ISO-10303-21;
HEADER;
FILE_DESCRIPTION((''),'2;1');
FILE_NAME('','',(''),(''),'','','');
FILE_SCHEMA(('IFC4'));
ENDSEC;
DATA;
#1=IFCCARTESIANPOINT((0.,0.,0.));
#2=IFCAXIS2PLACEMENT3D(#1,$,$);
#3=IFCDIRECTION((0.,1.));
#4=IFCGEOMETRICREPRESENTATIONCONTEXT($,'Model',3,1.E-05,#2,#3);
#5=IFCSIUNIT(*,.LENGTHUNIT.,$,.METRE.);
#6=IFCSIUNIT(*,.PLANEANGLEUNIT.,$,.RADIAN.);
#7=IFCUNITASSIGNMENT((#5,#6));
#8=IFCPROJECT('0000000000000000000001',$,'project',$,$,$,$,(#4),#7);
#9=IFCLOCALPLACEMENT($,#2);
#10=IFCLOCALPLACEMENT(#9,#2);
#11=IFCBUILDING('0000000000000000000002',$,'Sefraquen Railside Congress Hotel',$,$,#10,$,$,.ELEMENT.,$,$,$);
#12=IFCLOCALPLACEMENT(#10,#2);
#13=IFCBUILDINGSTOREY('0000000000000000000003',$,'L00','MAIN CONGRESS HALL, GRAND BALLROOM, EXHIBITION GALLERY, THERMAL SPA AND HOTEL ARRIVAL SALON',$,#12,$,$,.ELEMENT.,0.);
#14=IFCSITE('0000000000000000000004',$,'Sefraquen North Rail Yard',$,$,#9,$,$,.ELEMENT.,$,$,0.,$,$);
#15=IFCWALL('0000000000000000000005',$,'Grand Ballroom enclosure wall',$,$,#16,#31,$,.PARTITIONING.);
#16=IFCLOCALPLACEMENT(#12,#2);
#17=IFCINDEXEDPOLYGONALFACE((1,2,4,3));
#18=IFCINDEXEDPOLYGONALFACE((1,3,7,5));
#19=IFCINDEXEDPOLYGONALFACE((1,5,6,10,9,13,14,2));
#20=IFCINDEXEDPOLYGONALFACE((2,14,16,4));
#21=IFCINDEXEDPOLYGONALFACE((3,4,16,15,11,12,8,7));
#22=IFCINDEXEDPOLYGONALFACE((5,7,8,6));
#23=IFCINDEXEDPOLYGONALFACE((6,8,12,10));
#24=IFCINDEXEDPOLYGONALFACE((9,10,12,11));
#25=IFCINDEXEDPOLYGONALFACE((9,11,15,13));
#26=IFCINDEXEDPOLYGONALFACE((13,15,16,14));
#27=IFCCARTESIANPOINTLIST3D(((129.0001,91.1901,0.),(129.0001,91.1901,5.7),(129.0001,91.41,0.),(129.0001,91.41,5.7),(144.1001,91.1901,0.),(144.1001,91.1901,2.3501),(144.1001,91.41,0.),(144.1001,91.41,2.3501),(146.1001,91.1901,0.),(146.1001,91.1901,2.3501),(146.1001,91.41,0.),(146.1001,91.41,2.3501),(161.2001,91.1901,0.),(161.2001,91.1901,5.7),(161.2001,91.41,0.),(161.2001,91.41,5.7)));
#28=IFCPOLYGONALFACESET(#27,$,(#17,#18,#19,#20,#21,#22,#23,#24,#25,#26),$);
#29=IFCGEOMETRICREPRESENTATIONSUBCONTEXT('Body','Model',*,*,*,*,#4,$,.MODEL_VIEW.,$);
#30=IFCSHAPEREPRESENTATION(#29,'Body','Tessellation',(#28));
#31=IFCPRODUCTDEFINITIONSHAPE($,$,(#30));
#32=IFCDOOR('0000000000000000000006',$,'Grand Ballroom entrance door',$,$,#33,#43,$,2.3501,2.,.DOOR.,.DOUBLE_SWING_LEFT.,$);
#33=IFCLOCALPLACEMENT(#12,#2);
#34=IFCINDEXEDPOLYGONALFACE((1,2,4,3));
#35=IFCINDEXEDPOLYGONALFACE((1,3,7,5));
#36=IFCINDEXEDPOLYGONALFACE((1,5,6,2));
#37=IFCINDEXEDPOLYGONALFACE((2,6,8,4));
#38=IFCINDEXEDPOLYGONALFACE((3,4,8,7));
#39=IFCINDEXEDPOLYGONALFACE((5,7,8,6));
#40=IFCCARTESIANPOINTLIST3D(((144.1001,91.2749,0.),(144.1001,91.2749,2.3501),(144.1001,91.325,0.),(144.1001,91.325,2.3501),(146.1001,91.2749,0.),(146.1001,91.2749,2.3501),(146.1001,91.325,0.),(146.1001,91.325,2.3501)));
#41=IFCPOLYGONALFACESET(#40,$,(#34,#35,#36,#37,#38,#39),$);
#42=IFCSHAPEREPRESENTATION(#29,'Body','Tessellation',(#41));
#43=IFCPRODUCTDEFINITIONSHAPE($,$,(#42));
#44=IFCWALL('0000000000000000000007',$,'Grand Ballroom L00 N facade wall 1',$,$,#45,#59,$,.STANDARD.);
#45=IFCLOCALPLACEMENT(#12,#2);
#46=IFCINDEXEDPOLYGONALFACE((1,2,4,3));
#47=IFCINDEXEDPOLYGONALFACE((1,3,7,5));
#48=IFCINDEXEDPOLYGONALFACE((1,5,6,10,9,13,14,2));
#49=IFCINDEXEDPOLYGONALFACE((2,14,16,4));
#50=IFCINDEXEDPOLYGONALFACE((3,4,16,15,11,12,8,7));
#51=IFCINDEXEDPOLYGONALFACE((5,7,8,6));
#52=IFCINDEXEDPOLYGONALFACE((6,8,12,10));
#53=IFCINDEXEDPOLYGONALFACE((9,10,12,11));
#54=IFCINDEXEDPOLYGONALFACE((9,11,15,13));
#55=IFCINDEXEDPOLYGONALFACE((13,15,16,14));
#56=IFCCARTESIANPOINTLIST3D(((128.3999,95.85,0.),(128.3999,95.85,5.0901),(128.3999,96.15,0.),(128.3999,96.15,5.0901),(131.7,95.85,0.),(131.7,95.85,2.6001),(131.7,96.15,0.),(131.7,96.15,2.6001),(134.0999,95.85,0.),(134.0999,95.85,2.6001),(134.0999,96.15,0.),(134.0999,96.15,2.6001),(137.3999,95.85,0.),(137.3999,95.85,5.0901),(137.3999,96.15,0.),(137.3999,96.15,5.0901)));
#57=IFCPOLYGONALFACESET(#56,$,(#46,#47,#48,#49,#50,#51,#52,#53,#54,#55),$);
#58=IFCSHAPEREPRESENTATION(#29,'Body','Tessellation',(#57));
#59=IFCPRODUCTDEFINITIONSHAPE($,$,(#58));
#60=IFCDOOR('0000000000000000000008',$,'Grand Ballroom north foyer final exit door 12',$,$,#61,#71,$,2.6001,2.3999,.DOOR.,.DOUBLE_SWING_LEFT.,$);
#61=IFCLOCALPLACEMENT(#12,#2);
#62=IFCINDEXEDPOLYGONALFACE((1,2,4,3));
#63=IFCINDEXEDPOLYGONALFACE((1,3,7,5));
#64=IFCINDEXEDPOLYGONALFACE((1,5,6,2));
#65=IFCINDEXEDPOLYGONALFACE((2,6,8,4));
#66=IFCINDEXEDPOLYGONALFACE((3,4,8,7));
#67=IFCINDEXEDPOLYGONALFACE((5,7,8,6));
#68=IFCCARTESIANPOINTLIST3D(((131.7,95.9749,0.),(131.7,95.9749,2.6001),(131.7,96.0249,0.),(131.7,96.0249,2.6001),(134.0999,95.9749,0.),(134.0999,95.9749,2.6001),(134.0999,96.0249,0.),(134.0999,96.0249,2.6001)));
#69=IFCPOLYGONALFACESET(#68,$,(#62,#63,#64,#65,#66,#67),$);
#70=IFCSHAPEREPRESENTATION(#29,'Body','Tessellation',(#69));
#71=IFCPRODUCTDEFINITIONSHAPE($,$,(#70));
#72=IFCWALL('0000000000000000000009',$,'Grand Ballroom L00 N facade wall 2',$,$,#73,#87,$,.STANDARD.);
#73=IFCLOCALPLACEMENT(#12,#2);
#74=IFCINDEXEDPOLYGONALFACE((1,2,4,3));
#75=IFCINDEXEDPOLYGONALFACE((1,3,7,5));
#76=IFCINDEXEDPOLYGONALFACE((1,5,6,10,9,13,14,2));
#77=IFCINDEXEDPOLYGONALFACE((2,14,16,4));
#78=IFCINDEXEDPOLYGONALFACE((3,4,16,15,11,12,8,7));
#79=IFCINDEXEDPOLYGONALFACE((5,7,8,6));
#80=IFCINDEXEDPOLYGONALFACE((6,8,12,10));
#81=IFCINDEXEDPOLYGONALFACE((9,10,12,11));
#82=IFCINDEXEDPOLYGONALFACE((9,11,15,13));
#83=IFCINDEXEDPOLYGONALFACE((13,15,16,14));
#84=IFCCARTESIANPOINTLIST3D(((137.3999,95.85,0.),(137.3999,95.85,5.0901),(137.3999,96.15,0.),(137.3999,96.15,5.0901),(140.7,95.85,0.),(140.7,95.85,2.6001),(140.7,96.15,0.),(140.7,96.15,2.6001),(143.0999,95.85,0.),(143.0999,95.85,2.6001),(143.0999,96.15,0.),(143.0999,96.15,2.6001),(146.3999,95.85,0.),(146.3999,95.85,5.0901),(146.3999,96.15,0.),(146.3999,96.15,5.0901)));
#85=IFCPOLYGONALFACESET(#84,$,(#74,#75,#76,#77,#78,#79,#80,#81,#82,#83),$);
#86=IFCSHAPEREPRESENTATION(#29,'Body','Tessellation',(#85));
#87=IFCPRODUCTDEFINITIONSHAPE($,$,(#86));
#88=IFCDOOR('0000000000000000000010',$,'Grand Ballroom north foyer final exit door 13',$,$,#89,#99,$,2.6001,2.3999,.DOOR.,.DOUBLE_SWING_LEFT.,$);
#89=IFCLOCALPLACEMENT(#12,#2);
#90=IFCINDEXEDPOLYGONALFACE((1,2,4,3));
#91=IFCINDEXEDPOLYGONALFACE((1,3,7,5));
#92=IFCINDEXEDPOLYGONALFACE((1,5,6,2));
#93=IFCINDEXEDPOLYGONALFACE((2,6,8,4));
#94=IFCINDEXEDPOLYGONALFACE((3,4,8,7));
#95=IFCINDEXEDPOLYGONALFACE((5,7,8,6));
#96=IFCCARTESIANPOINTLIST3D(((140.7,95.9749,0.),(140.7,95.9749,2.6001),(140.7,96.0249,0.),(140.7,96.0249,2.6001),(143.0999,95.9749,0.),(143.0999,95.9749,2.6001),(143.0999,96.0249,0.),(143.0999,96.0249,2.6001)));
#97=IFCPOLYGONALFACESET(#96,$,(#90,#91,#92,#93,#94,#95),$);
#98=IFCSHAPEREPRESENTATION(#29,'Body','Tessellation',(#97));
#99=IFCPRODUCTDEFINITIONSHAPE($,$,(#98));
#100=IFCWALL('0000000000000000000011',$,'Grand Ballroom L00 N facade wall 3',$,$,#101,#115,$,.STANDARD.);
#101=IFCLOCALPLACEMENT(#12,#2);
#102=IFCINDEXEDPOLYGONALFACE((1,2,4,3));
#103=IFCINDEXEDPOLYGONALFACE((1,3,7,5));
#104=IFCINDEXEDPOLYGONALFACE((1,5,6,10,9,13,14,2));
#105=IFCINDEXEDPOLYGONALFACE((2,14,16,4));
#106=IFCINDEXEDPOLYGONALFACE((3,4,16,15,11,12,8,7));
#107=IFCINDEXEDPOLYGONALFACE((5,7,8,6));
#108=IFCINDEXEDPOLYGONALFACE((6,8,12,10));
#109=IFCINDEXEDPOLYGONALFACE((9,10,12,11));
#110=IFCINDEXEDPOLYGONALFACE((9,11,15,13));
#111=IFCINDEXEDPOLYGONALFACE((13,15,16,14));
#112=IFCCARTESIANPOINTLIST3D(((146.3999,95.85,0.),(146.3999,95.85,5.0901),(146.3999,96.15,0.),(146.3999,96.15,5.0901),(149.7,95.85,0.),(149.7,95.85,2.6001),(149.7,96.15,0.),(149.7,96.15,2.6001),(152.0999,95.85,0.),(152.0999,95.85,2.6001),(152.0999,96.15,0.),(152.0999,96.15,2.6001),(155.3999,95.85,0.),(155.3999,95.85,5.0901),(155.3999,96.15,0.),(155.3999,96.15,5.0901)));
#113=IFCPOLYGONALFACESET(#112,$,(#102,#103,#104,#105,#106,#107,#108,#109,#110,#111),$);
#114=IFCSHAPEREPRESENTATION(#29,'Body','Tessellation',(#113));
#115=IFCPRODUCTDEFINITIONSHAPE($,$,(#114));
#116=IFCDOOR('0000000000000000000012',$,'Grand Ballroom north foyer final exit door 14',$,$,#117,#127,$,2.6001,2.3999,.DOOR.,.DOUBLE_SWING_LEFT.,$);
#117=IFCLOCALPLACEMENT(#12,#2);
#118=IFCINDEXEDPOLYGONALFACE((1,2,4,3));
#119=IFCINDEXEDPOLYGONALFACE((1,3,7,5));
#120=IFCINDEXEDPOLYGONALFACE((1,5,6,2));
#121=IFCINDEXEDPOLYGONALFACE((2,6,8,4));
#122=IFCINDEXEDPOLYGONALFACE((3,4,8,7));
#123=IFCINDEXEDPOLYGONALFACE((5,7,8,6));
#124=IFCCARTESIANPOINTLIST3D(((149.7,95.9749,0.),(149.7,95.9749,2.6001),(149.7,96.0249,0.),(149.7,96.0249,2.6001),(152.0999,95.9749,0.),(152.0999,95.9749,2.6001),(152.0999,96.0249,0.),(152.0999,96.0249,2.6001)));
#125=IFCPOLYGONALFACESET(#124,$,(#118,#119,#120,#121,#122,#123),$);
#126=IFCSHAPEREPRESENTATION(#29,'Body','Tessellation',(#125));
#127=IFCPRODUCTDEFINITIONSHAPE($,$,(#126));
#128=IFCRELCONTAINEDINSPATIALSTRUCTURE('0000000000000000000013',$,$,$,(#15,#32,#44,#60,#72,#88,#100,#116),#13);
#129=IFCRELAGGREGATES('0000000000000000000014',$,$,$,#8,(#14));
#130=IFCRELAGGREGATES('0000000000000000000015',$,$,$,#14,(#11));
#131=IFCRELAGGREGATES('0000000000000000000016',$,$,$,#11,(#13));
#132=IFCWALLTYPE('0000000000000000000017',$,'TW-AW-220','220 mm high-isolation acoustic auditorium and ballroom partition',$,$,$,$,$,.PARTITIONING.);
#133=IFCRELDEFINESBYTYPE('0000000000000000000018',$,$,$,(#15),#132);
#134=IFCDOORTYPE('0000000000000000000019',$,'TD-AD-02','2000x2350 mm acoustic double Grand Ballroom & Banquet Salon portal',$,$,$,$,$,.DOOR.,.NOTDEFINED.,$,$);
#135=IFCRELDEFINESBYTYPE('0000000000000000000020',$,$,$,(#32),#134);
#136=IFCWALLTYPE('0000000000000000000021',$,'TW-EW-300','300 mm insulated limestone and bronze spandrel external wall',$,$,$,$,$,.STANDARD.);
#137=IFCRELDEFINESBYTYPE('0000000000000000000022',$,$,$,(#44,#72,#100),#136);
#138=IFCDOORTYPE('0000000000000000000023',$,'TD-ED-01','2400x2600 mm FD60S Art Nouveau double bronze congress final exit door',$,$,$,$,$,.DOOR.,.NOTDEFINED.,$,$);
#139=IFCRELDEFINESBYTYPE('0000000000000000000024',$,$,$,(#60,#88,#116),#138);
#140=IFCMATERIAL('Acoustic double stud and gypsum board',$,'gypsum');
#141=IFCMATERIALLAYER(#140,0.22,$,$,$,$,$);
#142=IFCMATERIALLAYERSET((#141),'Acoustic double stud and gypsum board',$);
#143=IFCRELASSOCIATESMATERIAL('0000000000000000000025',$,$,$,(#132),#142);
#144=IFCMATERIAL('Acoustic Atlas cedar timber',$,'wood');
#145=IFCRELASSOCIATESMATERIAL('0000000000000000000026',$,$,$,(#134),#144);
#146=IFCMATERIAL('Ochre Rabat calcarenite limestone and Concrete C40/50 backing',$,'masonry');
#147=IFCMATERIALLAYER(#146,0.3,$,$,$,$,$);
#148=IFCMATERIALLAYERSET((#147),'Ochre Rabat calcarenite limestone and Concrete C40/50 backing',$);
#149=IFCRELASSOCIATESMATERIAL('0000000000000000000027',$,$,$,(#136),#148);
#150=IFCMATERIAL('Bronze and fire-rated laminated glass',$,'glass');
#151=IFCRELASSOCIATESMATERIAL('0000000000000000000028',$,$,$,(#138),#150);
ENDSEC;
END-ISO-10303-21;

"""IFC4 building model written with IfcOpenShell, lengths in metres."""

from ifc_helpers import new_model, si_unit, direction, frame, frame_2d, origin, place, context, subcontext, project, spatial, rectangle, extrude, material, layer, layer_set, type_object, element, fill, save


model = new_model("IFC4")

# Units and contexts
model_context = context("Model", 3, precision=1e-05, world=origin(), true_north=direction((0.0, 1.0)))
body_context = subcontext(model_context, "Body", "Model", "MODEL_VIEW")
ifc_project = project(units=[si_unit("LENGTHUNIT", "METRE"), si_unit("PLANEANGLEUNIT", "RADIAN")], contexts=[model_context])

# Site, building, storey
site_placement = place(None, origin())
site = spatial("IfcSite", under=ifc_project, at=site_placement, Name="Sefraquen North Rail Yard", CompositionType="ELEMENT", RefElevation=0.0)
building_placement = place(site_placement, origin())
building = spatial("IfcBuilding", under=site, at=building_placement, Name="Sefraquen Railside Congress Hotel", CompositionType="ELEMENT")
storey_placement = place(building_placement, origin())
storey = spatial("IfcBuildingStorey", under=building, at=storey_placement, Name="L00", Description="MAIN CONGRESS HALL, GRAND BALLROOM, EXHIBITION GALLERY, THERMAL SPA AND HOTEL ARRIVAL SALON", CompositionType="ELEMENT", Elevation=0.0)

# Walls, openings, doors
ifc_material_1 = material(Name="Acoustic double stud and gypsum board", Category="gypsum")
ifc_layer_1 = layer(ifc_material_1, 0.22)
ifc_layer_set_1 = layer_set([ifc_layer_1], Name="Acoustic double stud and gypsum board")
wall_type_1 = type_object("IfcWallType", Name="TW-AW-220", Description="220 mm high-isolation acoustic auditorium and ballroom partition", PredefinedType="PARTITIONING", material=ifc_layer_set_1)
wall_1_placement = place(storey_placement, frame((129.0, 91.3, 0.0), z_axis=(0.0, 0.0, 1.0), x_axis=(1.0, 0.0, 0.0)))
wall_1 = element("IfcWall", 1, at=wall_1_placement, inside=storey, type_object=wall_type_1, Name="Grand Ballroom enclosure wall", PredefinedType="PARTITIONING", context=body_context, shape_type="SweptSolid", body=[
    extrude(rectangle(XDim=32.2, YDim=0.22, at=frame_2d((16.1001, 0.0))), origin(), (0.0, 0.0, 1.0), 5.7),
])
opening_1_placement = place(wall_1_placement, frame((15.1001, 0.0, 0.0)))
opening_1 = element("IfcOpeningElement", 2, at=opening_1_placement, cuts=wall_1, PredefinedType="OPENING", context=body_context, shape_type="SweptSolid", body=[
    extrude(rectangle(XDim=2.0, YDim=2.3501, at=frame_2d((1.0, 1.175))), frame((0.0, 0.1199, 0.0), z_axis=(0.0, -1.0, 0.0), x_axis=(1.0, 0.0, 0.0)), (0.0, 0.0, 1.0), 0.24),
])
ifc_material_2 = material(Name="Acoustic Atlas cedar timber", Category="wood")
door_type_1 = type_object("IfcDoorType", Name="TD-AD-02", Description="2000x2350 mm acoustic double Grand Ballroom & Banquet Salon portal", OperationType="NOTDEFINED", PredefinedType="DOOR", material=ifc_material_2)
door_1_placement = place(opening_1_placement, origin())
door_1 = element("IfcDoor", 3, at=door_1_placement, inside=storey, type_object=door_type_1, Name="Grand Ballroom entrance door", OperationType="DOUBLE_SWING_LEFT", OverallHeight=2.3501, OverallWidth=2.0, PredefinedType="DOOR", context=body_context, shape_type="SweptSolid", body=[
    extrude(rectangle(XDim=2.0, YDim=2.3501, at=frame_2d((1.0, 1.175))), frame((0.0, 0.0249, 0.0), z_axis=(0.0, -1.0, 0.0), x_axis=(1.0, 0.0, 0.0)), (0.0, 0.0, 1.0), 0.05),
])
fill(opening_1, door_1)
ifc_material_3 = material(Name="Ochre Rabat calcarenite limestone and Concrete C40/50 backing", Category="masonry")
ifc_layer_2 = layer(ifc_material_3, 0.3)
ifc_layer_set_2 = layer_set([ifc_layer_2], Name="Ochre Rabat calcarenite limestone and Concrete C40/50 backing")
wall_type_2 = type_object("IfcWallType", Name="TW-EW-300", Description="300 mm insulated limestone and bronze spandrel external wall", PredefinedType="STANDARD", material=ifc_layer_set_2)
wall_2_placement = place(storey_placement, frame((128.3999, 96.0, 0.0), z_axis=(0.0, 0.0, 1.0), x_axis=(1.0, 0.0, 0.0)))
wall_2 = element("IfcWall", 4, at=wall_2_placement, inside=storey, type_object=wall_type_2, Name="Grand Ballroom L00 N facade wall 1", PredefinedType="STANDARD", context=body_context, shape_type="SweptSolid", body=[
    extrude(rectangle(XDim=9.0, YDim=0.3, at=frame_2d((4.5, 0.0))), origin(), (0.0, 0.0, 1.0), 5.0901),
])
opening_2_placement = place(wall_2_placement, frame((3.3, 0.0, 0.0)))
opening_2 = element("IfcOpeningElement", 5, at=opening_2_placement, cuts=wall_2, PredefinedType="OPENING", context=body_context, shape_type="SweptSolid", body=[
    extrude(rectangle(XDim=2.3999, YDim=2.6001, at=frame_2d((1.2, 1.3))), frame((0.0, 0.1599, 0.0), z_axis=(0.0, -1.0, 0.0), x_axis=(1.0, 0.0, 0.0)), (0.0, 0.0, 1.0), 0.3201),
])
ifc_material_4 = material(Name="Bronze and fire-rated laminated glass", Category="glass")
door_type_2 = type_object("IfcDoorType", Name="TD-ED-01", Description="2400x2600 mm FD60S Art Nouveau double bronze congress final exit door", OperationType="NOTDEFINED", PredefinedType="DOOR", material=ifc_material_4)
door_2_placement = place(opening_2_placement, origin())
door_2 = element("IfcDoor", 6, at=door_2_placement, inside=storey, type_object=door_type_2, Name="Grand Ballroom north foyer final exit door 12", OperationType="DOUBLE_SWING_LEFT", OverallHeight=2.6001, OverallWidth=2.3999, PredefinedType="DOOR", context=body_context, shape_type="SweptSolid", body=[
    extrude(rectangle(XDim=2.3999, YDim=2.6001, at=frame_2d((1.2, 1.3))), frame((0.0, 0.0249, 0.0), z_axis=(0.0, -1.0, 0.0), x_axis=(1.0, 0.0, 0.0)), (0.0, 0.0, 1.0), 0.05),
])
fill(opening_2, door_2)
wall_3_placement = place(storey_placement, frame((137.3999, 96.0, 0.0), z_axis=(0.0, 0.0, 1.0), x_axis=(1.0, 0.0, 0.0)))
wall_3 = element("IfcWall", 7, at=wall_3_placement, inside=storey, type_object=wall_type_2, Name="Grand Ballroom L00 N facade wall 2", PredefinedType="STANDARD", context=body_context, shape_type="SweptSolid", body=[
    extrude(rectangle(XDim=9.0, YDim=0.3, at=frame_2d((4.5, 0.0))), origin(), (0.0, 0.0, 1.0), 5.0901),
])
opening_3_placement = place(wall_3_placement, frame((3.3, 0.0, 0.0)))
opening_3 = element("IfcOpeningElement", 8, at=opening_3_placement, cuts=wall_3, PredefinedType="OPENING", context=body_context, shape_type="SweptSolid", body=[
    extrude(rectangle(XDim=2.3999, YDim=2.6001, at=frame_2d((1.2, 1.3))), frame((0.0, 0.1599, 0.0), z_axis=(0.0, -1.0, 0.0), x_axis=(1.0, 0.0, 0.0)), (0.0, 0.0, 1.0), 0.3201),
])
door_3_placement = place(opening_3_placement, origin())
door_3 = element("IfcDoor", 9, at=door_3_placement, inside=storey, type_object=door_type_2, Name="Grand Ballroom north foyer final exit door 13", OperationType="DOUBLE_SWING_LEFT", OverallHeight=2.6001, OverallWidth=2.3999, PredefinedType="DOOR", context=body_context, shape_type="SweptSolid", body=[
    extrude(rectangle(XDim=2.3999, YDim=2.6001, at=frame_2d((1.2, 1.3))), frame((0.0, 0.0249, 0.0), z_axis=(0.0, -1.0, 0.0), x_axis=(1.0, 0.0, 0.0)), (0.0, 0.0, 1.0), 0.05),
])
fill(opening_3, door_3)
wall_4_placement = place(storey_placement, frame((146.3999, 96.0, 0.0), z_axis=(0.0, 0.0, 1.0), x_axis=(1.0, 0.0, 0.0)))
wall_4 = element("IfcWall", 10, at=wall_4_placement, inside=storey, type_object=wall_type_2, Name="Grand Ballroom L00 N facade wall 3", PredefinedType="STANDARD", context=body_context, shape_type="SweptSolid", body=[
    extrude(rectangle(XDim=9.0, YDim=0.3, at=frame_2d((4.5, 0.0))), origin(), (0.0, 0.0, 1.0), 5.0901),
])
opening_4_placement = place(wall_4_placement, frame((3.3, 0.0, 0.0)))
opening_4 = element("IfcOpeningElement", 11, at=opening_4_placement, cuts=wall_4, PredefinedType="OPENING", context=body_context, shape_type="SweptSolid", body=[
    extrude(rectangle(XDim=2.3999, YDim=2.6001, at=frame_2d((1.2, 1.3))), frame((0.0, 0.1599, 0.0), z_axis=(0.0, -1.0, 0.0), x_axis=(1.0, 0.0, 0.0)), (0.0, 0.0, 1.0), 0.3201),
])
door_4_placement = place(opening_4_placement, origin())
door_4 = element("IfcDoor", 12, at=door_4_placement, inside=storey, type_object=door_type_2, Name="Grand Ballroom north foyer final exit door 14", OperationType="DOUBLE_SWING_LEFT", OverallHeight=2.6001, OverallWidth=2.3999, PredefinedType="DOOR", context=body_context, shape_type="SweptSolid", body=[
    extrude(rectangle(XDim=2.3999, YDim=2.6001, at=frame_2d((1.2, 1.3))), frame((0.0, 0.0249, 0.0), z_axis=(0.0, -1.0, 0.0), x_axis=(1.0, 0.0, 0.0)), (0.0, 0.0, 1.0), 0.05),
])
fill(opening_4, door_4)

save(model, "model.ifc")
